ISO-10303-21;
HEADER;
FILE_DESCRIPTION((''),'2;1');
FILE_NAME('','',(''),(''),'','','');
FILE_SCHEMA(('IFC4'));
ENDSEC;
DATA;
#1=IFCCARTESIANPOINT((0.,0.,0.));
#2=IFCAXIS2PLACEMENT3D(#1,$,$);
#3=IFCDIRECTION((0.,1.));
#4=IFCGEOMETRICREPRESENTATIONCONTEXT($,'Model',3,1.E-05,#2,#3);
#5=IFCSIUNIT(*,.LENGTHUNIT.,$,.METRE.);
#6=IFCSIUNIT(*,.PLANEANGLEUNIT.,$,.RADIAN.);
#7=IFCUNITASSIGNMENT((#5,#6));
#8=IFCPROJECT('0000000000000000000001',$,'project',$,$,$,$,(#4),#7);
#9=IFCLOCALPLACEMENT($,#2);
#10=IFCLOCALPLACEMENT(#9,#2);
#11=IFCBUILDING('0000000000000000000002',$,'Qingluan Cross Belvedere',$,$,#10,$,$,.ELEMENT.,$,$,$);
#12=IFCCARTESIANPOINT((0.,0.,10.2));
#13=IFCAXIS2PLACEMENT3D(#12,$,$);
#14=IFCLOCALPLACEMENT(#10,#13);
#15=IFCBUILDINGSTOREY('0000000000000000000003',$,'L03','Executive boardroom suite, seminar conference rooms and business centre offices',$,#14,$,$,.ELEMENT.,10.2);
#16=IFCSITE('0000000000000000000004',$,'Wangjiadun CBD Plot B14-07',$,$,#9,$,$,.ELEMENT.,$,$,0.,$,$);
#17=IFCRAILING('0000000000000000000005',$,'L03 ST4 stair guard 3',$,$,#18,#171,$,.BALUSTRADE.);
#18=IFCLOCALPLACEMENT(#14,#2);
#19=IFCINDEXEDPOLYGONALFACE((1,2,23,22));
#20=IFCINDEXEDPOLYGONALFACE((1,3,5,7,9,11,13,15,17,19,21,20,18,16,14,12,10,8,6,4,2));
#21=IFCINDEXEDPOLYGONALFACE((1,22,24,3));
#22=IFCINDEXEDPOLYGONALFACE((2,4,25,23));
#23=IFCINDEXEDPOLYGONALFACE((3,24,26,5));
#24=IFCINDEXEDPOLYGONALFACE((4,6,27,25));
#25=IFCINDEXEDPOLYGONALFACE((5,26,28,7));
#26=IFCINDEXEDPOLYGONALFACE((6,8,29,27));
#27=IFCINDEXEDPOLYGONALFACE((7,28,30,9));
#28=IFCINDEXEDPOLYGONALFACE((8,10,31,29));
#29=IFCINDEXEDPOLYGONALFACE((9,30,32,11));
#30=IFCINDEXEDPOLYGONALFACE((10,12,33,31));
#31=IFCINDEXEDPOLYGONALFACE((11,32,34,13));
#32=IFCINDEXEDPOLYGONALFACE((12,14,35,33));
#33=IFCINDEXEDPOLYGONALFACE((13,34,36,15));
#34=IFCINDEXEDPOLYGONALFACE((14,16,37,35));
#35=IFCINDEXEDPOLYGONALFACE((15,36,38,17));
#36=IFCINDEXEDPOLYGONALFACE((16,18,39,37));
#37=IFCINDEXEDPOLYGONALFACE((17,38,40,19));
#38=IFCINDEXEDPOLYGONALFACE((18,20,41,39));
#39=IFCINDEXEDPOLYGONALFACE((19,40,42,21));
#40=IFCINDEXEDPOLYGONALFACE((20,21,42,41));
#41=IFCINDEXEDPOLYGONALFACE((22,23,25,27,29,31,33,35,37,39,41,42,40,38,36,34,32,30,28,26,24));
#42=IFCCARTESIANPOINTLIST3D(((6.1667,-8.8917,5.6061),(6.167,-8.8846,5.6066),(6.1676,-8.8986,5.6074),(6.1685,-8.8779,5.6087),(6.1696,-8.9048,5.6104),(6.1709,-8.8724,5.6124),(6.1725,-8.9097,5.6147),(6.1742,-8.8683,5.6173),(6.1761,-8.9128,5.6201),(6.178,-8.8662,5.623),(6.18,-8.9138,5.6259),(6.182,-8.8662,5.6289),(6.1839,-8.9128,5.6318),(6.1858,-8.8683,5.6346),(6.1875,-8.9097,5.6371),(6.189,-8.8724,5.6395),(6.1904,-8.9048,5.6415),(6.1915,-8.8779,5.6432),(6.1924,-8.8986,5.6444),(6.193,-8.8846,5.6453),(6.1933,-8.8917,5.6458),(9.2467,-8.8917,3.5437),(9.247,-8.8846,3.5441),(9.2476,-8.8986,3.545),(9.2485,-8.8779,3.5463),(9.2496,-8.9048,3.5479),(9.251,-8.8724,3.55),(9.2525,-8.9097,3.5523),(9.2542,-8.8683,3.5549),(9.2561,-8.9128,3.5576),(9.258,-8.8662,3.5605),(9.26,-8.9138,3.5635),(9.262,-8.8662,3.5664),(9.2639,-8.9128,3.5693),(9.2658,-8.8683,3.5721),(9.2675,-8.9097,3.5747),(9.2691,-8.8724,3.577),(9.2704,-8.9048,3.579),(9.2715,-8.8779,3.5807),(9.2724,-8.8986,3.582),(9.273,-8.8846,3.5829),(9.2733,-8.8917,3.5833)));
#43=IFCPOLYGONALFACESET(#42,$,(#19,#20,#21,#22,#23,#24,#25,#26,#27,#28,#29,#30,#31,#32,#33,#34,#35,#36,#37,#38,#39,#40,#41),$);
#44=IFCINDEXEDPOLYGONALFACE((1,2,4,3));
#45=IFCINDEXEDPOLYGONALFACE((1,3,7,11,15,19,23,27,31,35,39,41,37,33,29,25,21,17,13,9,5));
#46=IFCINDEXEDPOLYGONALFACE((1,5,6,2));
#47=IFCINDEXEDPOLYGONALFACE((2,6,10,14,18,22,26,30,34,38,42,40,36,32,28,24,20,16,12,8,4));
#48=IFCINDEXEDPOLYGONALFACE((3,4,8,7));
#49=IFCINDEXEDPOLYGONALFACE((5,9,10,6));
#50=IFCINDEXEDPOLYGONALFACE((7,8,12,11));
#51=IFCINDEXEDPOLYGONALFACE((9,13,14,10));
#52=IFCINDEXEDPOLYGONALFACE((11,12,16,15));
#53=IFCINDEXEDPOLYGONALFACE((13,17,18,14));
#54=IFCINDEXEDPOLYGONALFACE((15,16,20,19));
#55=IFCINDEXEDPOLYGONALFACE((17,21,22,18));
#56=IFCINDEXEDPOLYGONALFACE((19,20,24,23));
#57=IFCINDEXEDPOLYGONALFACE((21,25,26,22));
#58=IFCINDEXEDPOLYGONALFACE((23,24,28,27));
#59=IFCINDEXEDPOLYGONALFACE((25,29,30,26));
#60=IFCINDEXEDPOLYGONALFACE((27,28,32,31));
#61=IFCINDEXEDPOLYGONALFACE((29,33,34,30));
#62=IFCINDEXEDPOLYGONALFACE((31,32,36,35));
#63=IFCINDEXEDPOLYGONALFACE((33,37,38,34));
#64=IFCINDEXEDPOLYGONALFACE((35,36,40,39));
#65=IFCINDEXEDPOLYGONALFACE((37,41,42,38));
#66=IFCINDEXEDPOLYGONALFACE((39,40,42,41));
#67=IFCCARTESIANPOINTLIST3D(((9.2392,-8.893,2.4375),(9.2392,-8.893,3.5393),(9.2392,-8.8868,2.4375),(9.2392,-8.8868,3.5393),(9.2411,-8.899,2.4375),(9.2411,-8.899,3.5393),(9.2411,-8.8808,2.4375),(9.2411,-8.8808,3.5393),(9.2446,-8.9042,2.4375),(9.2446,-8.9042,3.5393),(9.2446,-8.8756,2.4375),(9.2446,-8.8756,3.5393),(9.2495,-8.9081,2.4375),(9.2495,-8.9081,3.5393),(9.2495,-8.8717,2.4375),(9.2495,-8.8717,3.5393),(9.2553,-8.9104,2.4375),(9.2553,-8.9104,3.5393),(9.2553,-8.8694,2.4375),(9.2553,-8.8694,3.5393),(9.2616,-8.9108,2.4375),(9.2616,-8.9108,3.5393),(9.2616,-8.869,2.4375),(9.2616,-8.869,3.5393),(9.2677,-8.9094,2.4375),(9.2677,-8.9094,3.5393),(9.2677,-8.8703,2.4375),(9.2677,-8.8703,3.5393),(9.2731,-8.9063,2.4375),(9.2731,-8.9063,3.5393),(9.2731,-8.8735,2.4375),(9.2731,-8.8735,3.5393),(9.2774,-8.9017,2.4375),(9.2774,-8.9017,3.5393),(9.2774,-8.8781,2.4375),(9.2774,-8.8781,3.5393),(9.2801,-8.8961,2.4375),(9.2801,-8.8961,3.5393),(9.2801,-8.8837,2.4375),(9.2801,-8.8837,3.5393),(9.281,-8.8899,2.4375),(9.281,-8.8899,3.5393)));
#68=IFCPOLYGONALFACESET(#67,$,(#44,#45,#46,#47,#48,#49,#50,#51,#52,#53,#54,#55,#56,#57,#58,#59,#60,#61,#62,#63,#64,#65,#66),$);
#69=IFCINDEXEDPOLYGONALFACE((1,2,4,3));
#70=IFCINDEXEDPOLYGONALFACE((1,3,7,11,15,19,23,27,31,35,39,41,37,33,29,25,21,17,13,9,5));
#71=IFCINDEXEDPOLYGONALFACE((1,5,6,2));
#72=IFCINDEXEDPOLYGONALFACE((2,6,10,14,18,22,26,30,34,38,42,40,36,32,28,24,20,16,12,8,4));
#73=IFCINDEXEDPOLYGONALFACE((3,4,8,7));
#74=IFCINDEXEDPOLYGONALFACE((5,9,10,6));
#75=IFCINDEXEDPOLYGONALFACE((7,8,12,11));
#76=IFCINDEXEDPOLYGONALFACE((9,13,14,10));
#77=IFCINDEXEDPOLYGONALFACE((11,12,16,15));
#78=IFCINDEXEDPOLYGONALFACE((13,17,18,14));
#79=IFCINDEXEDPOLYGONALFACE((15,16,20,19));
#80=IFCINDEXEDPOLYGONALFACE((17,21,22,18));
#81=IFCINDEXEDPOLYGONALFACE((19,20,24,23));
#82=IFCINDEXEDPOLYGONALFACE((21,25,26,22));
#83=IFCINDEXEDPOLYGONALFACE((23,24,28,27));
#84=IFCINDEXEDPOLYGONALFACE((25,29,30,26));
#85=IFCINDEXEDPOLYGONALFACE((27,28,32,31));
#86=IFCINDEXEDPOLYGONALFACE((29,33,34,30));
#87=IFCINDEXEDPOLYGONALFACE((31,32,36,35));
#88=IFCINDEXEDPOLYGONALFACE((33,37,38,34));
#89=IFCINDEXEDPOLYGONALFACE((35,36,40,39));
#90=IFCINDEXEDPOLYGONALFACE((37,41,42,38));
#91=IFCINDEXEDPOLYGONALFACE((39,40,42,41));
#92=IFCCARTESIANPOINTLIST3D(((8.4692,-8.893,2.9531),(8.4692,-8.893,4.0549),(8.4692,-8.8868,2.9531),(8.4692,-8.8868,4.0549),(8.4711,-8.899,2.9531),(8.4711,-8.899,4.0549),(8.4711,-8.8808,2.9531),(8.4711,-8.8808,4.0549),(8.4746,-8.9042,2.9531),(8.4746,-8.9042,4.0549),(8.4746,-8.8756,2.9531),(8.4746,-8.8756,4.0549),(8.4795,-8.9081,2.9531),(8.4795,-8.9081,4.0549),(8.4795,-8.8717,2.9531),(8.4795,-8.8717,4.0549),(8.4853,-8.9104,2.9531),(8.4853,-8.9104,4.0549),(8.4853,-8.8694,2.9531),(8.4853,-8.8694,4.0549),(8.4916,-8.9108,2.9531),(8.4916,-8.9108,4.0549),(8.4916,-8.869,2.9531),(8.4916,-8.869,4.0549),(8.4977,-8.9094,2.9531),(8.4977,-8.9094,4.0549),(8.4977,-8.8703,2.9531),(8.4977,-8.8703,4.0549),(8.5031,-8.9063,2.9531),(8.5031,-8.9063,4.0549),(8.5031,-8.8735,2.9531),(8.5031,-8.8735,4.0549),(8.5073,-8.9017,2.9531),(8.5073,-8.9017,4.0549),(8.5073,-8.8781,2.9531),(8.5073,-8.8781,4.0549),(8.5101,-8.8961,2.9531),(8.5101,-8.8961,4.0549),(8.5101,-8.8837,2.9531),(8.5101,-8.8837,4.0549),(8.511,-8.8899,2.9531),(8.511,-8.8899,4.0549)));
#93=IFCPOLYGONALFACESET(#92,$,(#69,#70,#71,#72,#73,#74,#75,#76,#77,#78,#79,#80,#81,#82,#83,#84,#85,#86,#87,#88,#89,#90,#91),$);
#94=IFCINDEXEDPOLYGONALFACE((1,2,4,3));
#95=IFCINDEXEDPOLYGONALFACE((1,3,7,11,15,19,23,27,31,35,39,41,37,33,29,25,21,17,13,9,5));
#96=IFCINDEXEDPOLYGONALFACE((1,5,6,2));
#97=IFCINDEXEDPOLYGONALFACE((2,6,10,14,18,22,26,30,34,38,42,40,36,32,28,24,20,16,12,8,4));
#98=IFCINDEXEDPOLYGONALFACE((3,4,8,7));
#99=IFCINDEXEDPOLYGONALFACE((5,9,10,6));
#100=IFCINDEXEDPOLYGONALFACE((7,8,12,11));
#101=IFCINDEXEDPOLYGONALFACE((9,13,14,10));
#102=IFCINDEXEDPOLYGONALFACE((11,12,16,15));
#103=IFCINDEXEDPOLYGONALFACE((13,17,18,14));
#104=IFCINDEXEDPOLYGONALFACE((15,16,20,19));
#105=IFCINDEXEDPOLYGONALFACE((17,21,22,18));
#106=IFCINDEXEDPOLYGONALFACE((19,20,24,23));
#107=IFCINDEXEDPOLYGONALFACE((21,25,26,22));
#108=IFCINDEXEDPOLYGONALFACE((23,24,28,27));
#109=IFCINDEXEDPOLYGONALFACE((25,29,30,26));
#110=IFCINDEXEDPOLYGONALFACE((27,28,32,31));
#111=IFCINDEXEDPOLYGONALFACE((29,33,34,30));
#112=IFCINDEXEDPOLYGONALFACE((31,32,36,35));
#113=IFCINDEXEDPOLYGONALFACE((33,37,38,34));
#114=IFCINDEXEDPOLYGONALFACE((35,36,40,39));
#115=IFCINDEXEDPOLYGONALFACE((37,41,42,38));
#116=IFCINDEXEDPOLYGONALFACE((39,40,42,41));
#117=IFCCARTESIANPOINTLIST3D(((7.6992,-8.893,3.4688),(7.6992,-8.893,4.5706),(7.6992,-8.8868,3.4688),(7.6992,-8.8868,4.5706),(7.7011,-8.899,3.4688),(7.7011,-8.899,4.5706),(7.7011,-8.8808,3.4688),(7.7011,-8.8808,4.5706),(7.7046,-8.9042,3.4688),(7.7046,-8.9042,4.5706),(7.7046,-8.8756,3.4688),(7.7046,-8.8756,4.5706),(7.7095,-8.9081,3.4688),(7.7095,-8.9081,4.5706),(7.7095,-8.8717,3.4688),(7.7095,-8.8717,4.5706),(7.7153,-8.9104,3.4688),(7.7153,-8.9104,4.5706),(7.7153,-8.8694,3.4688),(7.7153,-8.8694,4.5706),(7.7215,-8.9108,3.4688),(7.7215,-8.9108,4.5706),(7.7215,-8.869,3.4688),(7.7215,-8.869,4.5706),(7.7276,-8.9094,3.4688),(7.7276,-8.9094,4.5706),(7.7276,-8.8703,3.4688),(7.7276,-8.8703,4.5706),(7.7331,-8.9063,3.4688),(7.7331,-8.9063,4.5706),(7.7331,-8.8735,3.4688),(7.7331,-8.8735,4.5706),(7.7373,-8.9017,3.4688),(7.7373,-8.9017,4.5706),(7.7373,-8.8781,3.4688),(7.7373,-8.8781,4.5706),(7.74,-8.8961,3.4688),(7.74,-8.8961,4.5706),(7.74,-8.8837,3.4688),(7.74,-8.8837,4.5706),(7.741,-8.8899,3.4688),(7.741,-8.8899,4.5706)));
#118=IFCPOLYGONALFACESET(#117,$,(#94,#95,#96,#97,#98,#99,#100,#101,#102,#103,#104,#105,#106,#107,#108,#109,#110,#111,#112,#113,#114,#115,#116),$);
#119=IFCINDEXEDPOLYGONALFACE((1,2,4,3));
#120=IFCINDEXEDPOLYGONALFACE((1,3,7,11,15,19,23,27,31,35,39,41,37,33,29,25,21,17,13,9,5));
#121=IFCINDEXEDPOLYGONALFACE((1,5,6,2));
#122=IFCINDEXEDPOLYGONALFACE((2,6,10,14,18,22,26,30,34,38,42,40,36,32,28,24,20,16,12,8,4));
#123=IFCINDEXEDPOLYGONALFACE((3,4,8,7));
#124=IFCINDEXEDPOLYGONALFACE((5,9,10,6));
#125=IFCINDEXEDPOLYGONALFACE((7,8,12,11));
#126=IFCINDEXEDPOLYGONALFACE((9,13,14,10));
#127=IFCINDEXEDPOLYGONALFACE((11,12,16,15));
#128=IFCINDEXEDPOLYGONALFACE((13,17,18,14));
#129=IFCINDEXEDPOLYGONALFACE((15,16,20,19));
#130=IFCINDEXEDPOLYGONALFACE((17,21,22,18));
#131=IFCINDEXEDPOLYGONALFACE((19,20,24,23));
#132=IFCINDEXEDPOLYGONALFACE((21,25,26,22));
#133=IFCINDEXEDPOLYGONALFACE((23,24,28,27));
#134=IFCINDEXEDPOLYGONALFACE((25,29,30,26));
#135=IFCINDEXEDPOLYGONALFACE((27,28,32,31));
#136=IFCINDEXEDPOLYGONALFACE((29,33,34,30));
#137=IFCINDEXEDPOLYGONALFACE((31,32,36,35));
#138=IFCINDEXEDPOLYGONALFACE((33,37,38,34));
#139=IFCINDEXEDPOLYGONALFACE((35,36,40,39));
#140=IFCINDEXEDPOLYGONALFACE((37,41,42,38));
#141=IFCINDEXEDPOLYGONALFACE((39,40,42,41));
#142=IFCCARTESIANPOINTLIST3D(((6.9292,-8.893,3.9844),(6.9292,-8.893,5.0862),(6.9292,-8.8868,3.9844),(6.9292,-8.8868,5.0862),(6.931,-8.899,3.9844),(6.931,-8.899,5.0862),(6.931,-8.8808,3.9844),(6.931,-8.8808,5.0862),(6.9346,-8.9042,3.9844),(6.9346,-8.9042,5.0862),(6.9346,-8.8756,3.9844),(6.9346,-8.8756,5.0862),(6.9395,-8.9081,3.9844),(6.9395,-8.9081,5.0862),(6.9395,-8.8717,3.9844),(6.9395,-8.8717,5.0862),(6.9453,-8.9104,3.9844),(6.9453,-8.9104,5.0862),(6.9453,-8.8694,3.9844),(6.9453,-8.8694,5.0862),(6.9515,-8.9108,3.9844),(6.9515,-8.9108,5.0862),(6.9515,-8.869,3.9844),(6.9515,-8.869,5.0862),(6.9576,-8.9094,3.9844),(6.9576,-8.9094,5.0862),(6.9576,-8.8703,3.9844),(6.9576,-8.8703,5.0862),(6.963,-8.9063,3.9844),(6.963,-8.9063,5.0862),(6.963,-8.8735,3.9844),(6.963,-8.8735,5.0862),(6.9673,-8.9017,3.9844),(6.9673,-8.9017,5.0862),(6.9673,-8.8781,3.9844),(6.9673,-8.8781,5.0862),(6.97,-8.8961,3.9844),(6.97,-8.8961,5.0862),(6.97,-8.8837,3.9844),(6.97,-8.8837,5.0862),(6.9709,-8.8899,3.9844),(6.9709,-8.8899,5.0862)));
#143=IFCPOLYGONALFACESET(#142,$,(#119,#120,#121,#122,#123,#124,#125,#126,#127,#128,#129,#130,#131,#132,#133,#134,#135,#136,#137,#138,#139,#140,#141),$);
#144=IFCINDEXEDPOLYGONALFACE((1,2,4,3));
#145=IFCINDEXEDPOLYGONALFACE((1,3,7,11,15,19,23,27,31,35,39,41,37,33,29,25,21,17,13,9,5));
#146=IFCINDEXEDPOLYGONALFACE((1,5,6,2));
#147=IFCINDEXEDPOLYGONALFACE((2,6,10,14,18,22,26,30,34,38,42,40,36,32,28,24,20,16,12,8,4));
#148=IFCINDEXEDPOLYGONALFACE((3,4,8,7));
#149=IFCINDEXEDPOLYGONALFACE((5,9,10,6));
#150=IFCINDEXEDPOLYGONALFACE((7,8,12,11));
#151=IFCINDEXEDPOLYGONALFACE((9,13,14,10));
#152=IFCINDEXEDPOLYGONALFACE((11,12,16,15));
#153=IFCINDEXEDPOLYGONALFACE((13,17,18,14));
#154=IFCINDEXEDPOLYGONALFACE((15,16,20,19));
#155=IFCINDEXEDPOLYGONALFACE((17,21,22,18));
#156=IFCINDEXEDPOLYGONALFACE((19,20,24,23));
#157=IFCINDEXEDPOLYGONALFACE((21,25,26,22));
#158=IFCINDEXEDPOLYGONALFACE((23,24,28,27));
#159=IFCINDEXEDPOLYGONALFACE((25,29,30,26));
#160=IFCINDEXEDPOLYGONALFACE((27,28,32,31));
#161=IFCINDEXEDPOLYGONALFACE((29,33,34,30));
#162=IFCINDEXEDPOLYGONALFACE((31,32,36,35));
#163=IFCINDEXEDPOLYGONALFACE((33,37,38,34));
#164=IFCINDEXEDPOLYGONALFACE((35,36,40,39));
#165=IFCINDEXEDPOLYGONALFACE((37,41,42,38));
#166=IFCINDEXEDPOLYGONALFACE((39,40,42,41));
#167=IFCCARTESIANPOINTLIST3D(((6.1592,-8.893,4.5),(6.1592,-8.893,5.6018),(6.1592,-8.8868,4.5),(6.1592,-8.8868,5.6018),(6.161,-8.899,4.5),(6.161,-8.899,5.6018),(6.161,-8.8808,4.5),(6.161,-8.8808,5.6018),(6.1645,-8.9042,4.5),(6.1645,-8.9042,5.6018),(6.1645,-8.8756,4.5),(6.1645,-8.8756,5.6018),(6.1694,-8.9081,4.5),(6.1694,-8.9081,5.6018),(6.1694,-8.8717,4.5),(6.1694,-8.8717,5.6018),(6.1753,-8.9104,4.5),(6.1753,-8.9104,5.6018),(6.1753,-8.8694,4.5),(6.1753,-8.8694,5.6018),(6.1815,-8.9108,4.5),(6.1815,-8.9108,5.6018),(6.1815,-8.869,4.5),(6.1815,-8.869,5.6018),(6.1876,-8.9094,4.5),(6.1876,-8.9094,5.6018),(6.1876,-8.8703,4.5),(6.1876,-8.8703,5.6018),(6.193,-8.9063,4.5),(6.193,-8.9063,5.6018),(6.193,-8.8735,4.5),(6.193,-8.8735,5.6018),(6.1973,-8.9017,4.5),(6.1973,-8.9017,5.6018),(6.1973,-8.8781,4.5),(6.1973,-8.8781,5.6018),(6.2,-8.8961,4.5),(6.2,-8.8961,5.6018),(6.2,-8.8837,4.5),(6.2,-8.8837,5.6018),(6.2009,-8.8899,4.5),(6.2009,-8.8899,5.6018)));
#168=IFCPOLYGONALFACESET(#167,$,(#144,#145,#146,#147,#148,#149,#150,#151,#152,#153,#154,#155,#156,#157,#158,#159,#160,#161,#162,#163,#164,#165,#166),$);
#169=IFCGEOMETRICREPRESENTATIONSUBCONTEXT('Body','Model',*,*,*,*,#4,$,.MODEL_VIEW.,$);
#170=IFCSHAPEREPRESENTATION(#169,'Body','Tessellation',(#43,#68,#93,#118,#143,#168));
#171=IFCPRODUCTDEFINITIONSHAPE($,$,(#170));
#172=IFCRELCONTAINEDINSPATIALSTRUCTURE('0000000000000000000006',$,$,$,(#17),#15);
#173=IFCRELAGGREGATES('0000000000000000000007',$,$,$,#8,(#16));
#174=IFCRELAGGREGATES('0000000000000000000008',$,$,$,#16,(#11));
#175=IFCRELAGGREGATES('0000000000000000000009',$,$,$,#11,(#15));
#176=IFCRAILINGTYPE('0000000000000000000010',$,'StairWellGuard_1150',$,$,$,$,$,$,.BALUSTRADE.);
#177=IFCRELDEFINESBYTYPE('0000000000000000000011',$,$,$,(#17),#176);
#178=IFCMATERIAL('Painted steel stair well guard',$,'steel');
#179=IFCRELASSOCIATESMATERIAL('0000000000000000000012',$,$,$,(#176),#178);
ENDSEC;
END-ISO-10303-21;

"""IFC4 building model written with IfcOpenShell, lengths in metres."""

from ifc_helpers import new_model, si_unit, direction, frame, origin, origin_2d, place, context, subcontext, project, spatial, circle, extrude, material, type_object, element, save


model = new_model("IFC4")

# Units and contexts
model_context = context("Model", 3, precision=1e-05, world=origin(), true_north=direction((0.0, 1.0)))
body_context = subcontext(model_context, "Body", "Model", "MODEL_VIEW")
ifc_project = project(units=[si_unit("LENGTHUNIT", "METRE"), si_unit("PLANEANGLEUNIT", "RADIAN")], contexts=[model_context])

# Site, building, storey
site_placement = place(None, origin())
site = spatial("IfcSite", under=ifc_project, at=site_placement, Name="Wangjiadun CBD Plot B14-07", CompositionType="ELEMENT", RefElevation=0.0)
building_placement = place(site_placement, origin())
building = spatial("IfcBuilding", under=site, at=building_placement, Name="Qingluan Cross Belvedere", CompositionType="ELEMENT")
storey_placement = place(building_placement, frame((0.0, 0.0, 10.2)))
storey = spatial("IfcBuildingStorey", under=building, at=storey_placement, Name="L03", Description="Executive boardroom suite, seminar conference rooms and business centre offices", CompositionType="ELEMENT", Elevation=10.2)

# Railing
ifc_material_1 = material(Name="Painted steel stair well guard", Category="steel")
railing_type_1 = type_object("IfcRailingType", Name="StairWellGuard_1150", PredefinedType="BALUSTRADE", material=ifc_material_1)
railing_1_placement = place(storey_placement, frame((9.26, -8.8899, 2.4375)))
element("IfcRailing", 1, at=railing_1_placement, inside=storey, type_object=railing_type_1, Name="L03 ST4 stair guard 3", PredefinedType="BALUSTRADE", context=body_context, shape_type="SweptSolid", body=[
    extrude(circle(Radius=0.0239, at=origin_2d()), frame((0.0, 0.0, 1.126), z_axis=(-0.830914, 0.0, 0.556401), x_axis=(0.0, -1.0, 0.0)), (0.0, 0.0, 1.0), 3.7068),
    extrude(circle(Radius=0.021, at=origin_2d()), origin(), (0.0, 0.0, 1.0), 1.1018),
    extrude(circle(Radius=0.021, at=origin_2d()), frame((-0.77, 0.0, 0.5156)), (0.0, 0.0, 1.0), 1.1018),
    extrude(circle(Radius=0.021, at=origin_2d()), frame((-1.54, 0.0, 1.0312)), (0.0, 0.0, 1.0), 1.1018),
    extrude(circle(Radius=0.021, at=origin_2d()), frame((-2.3101, 0.0, 1.5469)), (0.0, 0.0, 1.0), 1.1018),
    extrude(circle(Radius=0.021, at=origin_2d()), frame((-3.0801, 0.0, 2.0625)), (0.0, 0.0, 1.0), 1.1018),
])

save(model, "model.ifc")
